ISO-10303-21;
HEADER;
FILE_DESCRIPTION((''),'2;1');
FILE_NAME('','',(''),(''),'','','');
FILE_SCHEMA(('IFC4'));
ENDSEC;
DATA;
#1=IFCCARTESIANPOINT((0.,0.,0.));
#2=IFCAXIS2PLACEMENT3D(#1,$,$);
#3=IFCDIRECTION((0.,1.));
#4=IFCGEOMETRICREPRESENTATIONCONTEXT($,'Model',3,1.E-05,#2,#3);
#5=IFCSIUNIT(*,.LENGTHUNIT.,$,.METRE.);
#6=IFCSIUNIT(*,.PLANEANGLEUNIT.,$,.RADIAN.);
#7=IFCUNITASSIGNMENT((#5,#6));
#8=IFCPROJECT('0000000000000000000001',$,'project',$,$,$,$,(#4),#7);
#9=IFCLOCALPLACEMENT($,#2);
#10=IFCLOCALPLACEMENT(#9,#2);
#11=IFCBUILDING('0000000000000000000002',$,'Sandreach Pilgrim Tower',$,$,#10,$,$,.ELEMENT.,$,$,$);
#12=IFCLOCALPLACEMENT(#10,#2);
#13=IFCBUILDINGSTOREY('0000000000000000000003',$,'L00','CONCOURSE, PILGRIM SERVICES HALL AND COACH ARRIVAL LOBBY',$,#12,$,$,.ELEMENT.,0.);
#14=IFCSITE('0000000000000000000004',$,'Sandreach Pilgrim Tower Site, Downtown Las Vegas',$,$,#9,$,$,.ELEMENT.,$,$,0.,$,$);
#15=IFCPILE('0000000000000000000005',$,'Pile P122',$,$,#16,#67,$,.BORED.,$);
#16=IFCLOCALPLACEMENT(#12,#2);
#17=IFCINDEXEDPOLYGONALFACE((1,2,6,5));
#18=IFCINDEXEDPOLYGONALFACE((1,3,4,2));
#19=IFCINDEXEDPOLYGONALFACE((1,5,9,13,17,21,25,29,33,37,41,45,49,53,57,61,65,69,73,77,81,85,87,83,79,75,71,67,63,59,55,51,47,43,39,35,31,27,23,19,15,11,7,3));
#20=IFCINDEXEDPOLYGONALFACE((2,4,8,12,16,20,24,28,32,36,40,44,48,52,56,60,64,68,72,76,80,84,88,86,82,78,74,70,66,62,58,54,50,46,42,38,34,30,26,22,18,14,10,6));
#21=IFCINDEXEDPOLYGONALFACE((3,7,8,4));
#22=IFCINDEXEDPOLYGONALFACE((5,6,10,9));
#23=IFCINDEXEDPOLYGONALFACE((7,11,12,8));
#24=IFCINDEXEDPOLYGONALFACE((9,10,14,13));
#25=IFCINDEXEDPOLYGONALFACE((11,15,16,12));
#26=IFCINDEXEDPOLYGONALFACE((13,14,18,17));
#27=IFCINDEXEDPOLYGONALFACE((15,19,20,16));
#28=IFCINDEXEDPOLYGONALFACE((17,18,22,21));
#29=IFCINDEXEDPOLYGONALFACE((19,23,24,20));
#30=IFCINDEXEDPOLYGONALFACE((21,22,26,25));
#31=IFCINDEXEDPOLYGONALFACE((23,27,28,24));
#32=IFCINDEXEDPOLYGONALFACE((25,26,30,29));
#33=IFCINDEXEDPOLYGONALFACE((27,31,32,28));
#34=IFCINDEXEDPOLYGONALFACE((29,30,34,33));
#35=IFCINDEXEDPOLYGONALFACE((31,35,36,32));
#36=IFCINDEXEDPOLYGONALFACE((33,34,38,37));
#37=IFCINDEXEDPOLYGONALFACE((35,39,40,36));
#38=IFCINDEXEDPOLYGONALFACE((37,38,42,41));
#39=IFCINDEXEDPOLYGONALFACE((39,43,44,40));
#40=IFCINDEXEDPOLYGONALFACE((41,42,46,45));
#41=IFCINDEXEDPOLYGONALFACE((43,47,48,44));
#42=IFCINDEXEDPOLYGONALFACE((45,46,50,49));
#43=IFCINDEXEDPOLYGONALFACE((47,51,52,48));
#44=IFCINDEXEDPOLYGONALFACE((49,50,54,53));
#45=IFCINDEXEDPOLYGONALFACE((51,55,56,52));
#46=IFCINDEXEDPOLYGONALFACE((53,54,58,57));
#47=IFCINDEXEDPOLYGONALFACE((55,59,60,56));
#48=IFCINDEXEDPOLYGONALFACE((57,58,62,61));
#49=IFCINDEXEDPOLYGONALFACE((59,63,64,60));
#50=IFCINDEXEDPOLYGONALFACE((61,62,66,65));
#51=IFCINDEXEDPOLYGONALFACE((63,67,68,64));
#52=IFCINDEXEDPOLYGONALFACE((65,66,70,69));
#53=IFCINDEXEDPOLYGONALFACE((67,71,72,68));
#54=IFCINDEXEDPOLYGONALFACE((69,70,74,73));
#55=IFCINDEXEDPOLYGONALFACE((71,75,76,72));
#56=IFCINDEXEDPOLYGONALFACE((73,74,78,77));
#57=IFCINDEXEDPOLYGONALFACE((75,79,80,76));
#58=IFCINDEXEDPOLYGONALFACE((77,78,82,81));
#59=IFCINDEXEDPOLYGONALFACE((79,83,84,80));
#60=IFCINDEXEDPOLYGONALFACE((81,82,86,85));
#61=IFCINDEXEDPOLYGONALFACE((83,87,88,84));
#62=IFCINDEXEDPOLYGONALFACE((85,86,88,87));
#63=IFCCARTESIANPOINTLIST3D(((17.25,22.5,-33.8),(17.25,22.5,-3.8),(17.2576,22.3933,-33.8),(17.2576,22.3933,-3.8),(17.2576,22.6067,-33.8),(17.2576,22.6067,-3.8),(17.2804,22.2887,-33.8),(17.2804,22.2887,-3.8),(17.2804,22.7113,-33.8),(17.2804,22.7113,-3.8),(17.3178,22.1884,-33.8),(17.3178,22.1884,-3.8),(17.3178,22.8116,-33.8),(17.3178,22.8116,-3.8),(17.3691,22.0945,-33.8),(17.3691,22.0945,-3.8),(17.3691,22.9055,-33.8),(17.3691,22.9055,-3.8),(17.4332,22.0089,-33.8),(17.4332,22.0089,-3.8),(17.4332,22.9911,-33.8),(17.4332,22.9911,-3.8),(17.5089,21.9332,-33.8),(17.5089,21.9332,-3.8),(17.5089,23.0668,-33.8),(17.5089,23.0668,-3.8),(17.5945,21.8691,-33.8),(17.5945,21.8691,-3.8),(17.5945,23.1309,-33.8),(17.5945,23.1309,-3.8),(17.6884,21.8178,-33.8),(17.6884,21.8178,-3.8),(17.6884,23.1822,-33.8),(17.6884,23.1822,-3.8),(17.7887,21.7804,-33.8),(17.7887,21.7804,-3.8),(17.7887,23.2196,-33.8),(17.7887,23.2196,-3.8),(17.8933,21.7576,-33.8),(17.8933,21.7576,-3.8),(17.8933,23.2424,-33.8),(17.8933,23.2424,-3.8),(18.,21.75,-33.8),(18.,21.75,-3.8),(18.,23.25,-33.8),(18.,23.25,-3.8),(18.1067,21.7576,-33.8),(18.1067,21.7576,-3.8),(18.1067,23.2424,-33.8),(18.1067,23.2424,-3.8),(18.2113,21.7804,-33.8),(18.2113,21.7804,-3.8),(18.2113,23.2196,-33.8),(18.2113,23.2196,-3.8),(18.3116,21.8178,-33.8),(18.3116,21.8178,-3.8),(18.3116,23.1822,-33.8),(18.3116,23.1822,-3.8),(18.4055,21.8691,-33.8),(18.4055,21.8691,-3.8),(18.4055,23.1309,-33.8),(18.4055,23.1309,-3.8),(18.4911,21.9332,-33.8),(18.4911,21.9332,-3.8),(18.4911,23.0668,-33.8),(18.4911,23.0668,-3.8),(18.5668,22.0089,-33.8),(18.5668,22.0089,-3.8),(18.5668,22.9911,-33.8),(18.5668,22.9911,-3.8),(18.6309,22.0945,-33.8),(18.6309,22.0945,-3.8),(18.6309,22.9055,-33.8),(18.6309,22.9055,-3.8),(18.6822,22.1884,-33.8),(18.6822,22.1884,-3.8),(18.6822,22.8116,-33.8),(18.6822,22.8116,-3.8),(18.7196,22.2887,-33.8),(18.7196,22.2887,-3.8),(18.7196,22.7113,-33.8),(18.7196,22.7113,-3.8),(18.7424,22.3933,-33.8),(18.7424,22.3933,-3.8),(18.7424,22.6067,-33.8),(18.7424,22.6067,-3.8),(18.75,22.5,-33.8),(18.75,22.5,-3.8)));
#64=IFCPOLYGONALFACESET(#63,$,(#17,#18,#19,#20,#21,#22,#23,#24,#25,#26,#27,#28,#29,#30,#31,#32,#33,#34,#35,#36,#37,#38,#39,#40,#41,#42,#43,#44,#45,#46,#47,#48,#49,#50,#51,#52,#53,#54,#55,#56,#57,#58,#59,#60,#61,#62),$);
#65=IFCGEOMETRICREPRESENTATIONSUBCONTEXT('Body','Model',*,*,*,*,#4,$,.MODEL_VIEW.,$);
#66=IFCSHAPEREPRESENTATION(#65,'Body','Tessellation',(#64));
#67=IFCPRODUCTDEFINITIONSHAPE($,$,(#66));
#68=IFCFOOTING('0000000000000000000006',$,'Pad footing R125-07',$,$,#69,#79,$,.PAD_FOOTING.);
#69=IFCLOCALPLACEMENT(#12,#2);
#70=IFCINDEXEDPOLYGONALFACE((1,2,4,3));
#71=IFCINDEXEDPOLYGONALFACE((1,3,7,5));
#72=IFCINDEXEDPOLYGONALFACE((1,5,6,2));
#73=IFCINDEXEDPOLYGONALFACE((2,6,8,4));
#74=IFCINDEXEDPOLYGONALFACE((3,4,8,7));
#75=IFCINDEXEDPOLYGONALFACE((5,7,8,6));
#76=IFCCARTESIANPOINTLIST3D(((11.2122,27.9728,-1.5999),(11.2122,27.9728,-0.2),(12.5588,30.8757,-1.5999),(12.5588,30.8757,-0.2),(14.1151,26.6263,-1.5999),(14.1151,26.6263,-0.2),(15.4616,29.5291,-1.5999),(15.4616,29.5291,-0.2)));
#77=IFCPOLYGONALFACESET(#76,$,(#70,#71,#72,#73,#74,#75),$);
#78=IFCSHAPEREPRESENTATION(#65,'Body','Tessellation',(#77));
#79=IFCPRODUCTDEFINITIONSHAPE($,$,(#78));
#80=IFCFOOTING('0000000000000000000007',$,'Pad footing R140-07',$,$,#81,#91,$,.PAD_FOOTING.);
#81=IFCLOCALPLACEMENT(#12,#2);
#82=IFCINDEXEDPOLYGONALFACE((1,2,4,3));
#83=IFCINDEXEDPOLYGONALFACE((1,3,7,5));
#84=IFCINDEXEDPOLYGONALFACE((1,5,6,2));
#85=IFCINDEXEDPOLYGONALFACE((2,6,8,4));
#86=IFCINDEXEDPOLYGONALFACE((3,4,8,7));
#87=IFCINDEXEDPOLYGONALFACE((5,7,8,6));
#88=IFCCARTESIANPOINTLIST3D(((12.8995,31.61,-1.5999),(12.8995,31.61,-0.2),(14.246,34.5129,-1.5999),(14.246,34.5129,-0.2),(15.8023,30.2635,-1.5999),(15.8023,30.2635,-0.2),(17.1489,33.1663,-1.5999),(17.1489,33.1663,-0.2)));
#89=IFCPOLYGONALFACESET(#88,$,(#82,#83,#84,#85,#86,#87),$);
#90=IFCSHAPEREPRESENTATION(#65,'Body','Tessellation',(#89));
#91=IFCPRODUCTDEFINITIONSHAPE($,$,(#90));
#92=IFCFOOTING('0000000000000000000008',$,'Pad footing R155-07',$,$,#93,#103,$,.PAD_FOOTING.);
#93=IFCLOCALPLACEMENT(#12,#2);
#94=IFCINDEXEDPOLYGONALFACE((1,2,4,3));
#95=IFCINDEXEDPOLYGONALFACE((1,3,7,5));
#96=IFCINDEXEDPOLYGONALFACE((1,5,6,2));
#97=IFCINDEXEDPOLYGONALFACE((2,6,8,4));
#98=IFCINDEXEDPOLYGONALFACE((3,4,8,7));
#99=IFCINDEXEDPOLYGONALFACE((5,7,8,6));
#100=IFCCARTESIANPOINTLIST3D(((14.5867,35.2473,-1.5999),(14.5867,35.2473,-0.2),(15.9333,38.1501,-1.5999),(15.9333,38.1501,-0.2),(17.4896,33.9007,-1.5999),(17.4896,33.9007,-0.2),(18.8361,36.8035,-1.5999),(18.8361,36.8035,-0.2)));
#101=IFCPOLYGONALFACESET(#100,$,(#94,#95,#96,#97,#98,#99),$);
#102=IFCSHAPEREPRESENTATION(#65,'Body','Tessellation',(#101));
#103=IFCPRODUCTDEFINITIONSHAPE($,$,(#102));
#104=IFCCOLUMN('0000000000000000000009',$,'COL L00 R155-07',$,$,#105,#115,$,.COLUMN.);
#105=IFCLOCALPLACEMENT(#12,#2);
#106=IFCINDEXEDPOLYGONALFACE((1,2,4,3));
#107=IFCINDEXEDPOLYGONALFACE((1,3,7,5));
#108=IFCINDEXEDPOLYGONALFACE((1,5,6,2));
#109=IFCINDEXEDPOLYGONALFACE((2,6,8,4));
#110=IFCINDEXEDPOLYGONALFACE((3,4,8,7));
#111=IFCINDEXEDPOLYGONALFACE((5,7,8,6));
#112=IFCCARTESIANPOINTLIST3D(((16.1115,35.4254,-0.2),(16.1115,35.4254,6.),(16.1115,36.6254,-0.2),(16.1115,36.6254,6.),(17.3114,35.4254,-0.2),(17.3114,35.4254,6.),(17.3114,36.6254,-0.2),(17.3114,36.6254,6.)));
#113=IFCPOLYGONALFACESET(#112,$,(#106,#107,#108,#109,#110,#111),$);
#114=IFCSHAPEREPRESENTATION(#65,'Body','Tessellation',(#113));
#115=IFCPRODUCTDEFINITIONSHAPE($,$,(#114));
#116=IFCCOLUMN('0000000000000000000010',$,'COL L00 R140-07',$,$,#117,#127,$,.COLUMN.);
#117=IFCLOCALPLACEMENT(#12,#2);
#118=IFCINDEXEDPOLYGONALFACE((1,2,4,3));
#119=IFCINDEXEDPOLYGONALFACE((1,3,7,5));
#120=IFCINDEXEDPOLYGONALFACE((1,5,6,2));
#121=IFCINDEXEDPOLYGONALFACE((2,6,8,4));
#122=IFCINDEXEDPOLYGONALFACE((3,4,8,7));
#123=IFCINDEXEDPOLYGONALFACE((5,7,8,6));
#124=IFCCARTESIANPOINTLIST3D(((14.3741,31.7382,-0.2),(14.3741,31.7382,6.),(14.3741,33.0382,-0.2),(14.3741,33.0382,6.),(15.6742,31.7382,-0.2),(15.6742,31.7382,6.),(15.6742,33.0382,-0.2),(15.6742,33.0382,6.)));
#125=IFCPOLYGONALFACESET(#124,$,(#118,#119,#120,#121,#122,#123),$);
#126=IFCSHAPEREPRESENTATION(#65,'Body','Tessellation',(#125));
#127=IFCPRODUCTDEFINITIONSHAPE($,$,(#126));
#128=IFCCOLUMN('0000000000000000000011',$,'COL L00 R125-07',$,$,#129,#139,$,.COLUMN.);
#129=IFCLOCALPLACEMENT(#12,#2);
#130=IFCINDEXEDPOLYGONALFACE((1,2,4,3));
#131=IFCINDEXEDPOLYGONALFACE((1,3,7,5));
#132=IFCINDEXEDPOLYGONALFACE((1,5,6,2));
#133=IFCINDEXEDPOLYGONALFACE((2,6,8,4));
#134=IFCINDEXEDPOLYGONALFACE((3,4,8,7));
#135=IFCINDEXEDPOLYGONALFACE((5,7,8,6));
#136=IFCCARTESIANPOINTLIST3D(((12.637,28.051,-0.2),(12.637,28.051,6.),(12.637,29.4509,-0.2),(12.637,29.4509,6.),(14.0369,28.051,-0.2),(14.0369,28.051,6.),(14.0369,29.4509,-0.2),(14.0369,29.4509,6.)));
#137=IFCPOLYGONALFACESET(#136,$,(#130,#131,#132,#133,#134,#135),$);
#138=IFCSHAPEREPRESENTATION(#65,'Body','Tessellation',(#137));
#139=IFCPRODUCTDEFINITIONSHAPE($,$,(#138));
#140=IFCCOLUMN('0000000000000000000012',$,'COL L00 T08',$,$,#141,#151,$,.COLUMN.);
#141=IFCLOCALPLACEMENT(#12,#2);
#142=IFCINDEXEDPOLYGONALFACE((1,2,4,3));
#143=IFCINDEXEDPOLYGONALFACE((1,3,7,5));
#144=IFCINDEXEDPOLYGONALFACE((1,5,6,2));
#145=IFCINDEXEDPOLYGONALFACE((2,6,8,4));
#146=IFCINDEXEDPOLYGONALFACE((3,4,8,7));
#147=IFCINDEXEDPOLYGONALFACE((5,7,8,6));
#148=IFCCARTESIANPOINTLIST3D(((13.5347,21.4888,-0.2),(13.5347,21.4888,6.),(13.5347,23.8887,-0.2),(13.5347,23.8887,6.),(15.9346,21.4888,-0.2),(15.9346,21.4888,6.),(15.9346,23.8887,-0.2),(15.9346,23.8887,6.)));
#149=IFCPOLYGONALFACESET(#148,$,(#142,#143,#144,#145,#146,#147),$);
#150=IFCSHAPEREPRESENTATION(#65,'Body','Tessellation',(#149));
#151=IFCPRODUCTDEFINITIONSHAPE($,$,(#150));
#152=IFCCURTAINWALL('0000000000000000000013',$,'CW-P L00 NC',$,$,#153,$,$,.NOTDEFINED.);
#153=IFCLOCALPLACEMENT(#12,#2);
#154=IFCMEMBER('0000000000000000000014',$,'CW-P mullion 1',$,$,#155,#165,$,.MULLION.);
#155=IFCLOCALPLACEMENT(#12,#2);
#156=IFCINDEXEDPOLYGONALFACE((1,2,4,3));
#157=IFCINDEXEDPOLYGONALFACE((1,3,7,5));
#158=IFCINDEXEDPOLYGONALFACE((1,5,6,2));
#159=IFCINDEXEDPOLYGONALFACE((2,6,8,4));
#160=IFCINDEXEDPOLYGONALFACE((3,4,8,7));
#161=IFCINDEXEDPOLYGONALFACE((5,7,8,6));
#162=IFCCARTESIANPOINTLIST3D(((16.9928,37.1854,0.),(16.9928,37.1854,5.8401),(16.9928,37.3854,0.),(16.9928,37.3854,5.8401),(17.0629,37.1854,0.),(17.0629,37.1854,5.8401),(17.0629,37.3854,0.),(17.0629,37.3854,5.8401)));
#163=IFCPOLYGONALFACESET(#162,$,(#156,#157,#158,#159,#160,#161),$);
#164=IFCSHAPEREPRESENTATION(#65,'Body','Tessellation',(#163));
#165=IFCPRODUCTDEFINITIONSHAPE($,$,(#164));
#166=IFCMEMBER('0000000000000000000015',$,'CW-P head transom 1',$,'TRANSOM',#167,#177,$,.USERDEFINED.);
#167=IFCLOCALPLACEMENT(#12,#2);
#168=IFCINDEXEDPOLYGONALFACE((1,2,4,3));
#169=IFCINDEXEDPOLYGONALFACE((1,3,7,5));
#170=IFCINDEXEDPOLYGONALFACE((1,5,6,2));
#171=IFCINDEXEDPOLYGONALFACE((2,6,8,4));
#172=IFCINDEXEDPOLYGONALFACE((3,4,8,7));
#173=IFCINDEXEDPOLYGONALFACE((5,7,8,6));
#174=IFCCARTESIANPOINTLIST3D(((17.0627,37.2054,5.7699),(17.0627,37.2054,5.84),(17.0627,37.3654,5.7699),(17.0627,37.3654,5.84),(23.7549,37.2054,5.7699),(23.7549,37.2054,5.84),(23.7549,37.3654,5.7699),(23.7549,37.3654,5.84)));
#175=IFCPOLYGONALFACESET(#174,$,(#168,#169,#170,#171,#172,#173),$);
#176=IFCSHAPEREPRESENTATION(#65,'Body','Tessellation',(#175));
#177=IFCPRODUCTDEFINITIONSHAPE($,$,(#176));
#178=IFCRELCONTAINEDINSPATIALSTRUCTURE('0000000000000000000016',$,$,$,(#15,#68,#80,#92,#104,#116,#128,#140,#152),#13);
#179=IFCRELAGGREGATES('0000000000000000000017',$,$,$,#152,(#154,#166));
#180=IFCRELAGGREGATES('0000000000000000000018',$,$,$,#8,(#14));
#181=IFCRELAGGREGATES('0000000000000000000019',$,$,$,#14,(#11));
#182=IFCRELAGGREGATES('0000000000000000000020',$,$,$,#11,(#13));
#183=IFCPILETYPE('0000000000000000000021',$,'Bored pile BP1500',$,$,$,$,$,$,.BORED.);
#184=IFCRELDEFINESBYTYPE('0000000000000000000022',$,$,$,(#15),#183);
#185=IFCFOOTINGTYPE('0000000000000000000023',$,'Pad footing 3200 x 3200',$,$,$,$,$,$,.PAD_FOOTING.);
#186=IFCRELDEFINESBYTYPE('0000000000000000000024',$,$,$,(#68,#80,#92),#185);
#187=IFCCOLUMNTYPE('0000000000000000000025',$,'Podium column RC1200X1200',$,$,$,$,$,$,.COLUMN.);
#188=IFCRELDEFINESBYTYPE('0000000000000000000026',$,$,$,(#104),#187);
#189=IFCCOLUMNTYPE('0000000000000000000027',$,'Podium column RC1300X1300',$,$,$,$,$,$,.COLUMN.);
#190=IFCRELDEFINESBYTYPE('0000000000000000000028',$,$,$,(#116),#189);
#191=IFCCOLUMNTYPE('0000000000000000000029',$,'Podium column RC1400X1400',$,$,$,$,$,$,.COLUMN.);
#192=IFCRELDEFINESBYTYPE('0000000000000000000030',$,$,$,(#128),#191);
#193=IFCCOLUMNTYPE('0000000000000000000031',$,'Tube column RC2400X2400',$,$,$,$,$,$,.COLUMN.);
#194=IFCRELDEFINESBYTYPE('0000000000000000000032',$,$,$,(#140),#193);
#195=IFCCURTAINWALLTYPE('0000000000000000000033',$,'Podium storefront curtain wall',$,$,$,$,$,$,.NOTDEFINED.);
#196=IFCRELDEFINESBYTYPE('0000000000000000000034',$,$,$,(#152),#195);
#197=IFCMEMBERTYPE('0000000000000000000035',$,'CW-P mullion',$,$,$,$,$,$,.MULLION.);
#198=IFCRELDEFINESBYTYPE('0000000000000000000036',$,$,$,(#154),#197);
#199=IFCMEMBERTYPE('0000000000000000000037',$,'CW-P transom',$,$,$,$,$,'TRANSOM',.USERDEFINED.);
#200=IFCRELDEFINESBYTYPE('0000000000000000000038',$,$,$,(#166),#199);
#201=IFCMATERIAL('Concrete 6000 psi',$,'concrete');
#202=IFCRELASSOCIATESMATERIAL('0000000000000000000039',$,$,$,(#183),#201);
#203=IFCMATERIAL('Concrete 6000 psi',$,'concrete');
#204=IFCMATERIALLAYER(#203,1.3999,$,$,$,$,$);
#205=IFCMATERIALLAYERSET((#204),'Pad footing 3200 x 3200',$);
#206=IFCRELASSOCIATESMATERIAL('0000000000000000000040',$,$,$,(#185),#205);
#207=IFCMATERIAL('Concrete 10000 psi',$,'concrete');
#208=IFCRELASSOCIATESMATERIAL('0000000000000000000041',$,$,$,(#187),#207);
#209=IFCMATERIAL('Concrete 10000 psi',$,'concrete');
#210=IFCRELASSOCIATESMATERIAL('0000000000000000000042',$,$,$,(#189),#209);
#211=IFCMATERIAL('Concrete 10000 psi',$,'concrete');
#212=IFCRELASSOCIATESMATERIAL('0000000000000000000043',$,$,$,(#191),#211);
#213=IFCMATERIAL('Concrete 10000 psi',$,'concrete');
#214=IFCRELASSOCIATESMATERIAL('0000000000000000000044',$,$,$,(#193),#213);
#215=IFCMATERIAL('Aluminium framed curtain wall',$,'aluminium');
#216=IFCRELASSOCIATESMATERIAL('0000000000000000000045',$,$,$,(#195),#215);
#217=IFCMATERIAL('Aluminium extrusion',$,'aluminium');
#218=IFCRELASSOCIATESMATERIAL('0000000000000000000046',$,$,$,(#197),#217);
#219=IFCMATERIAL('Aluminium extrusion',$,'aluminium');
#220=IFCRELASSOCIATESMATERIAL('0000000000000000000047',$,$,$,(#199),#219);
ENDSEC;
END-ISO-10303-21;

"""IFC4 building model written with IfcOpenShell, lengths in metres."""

from ifc_helpers import new_model, si_unit, direction, frame, origin, origin_2d, place, context, subcontext, project, spatial, rectangle, circle, extrude, material, layer, layer_set, material_profile, profile_set, type_object, element, aggregate, save


model = new_model("IFC4")

# Units and contexts
model_context = context("Model", 3, precision=1e-05, world=origin(), true_north=direction((0.0, 1.0)))
body_context = subcontext(model_context, "Body", "Model", "MODEL_VIEW")
ifc_project = project(units=[si_unit("LENGTHUNIT", "METRE"), si_unit("PLANEANGLEUNIT", "RADIAN")], contexts=[model_context])

# Site, building, storey
site_placement = place(None, origin())
site = spatial("IfcSite", under=ifc_project, at=site_placement, Name="Sandreach Pilgrim Tower Site, Downtown Las Vegas", CompositionType="ELEMENT", RefElevation=0.0)
building_placement = place(site_placement, origin())
building = spatial("IfcBuilding", under=site, at=building_placement, Name="Sandreach Pilgrim Tower", CompositionType="ELEMENT")
storey_placement = place(building_placement, origin())
storey = spatial("IfcBuildingStorey", under=building, at=storey_placement, Name="L00", Description="CONCOURSE, PILGRIM SERVICES HALL AND COACH ARRIVAL LOBBY", CompositionType="ELEMENT", Elevation=0.0)

# Pile
ifc_material_1 = material(Name="Concrete 6000 psi", Category="concrete")
ifc_material_profile_1 = material_profile(ifc_material_1, circle(Radius=0.75, at=origin_2d()), Name="BP1500")
ifc_profile_set_1 = profile_set([ifc_material_profile_1], Name="Concrete 6000 psi")
pile_type = type_object("IfcPileType", Name="Bored pile BP1500", PredefinedType="BORED", material=ifc_profile_set_1)
pile_placement = place(storey_placement, frame((18.0, 22.5, -3.8), z_axis=(0.0, 0.0, -1.0), x_axis=(1.0, 0.0, 0.0)))
element("IfcPile", 1, at=pile_placement, inside=storey, type_object=pile_type, Name="Pile P122", PredefinedType="BORED", context=body_context, shape_type="SweptSolid", body=[
    extrude(circle(Radius=0.75, at=origin_2d()), origin(), (0.0, 0.0, 1.0), 30.0),
])

# Footings
ifc_material_2 = material(Name="Concrete 6000 psi", Category="concrete")
ifc_layer_1 = layer(ifc_material_2, 1.3999)
ifc_layer_set_1 = layer_set([ifc_layer_1], Name="Pad footing 3200 x 3200")
footing_type = type_object("IfcFootingType", Name="Pad footing 3200 x 3200", PredefinedType="PAD_FOOTING", material=ifc_layer_set_1)
for number, where, z_axis, x_axis, name in (
    (2, (13.3369, 28.751, -1.5999), (0.0, 0.0, 1.0), (0.420807, 0.90715, 0.0), "Pad footing R125-07"),
    (3, (15.0242, 32.3882, -1.5999), (0.0, 0.0, 1.0), (0.420807, 0.90715, 0.0), "Pad footing R140-07"),
    (4, (16.7114, 36.0254, -1.5999), (0.0, 0.0, 1.0), (0.420807, 0.90715, 0.0), "Pad footing R155-07"),
):
    element("IfcFooting", number, at=place(storey_placement, frame(where, z_axis=z_axis, x_axis=x_axis)), inside=storey, type_object=footing_type, Name=name, PredefinedType="PAD_FOOTING", context=body_context, shape_type="SweptSolid", body=[
        extrude(rectangle(XDim=3.2, YDim=3.2, at=origin_2d()), origin(), (0.0, 0.0, 1.0), 1.3999),
    ])

# Columns
ifc_material_3 = material(Name="Concrete 10000 psi", Category="concrete")
ifc_material_profile_2 = material_profile(ifc_material_3, rectangle(XDim=1.2, YDim=1.2, at=origin_2d()), Name="RC1200X1200")
ifc_profile_set_2 = profile_set([ifc_material_profile_2], Name="Concrete 10000 psi")
column_type_1 = type_object("IfcColumnType", Name="Podium column RC1200X1200", PredefinedType="COLUMN", material=ifc_profile_set_2)
column_1_placement = place(storey_placement, frame((16.7114, 36.0254, -0.2), z_axis=(0.0, 0.0, 1.0), x_axis=(0.0, 1.0, 0.0)))
element("IfcColumn", 5, at=column_1_placement, inside=storey, type_object=column_type_1, Name="COL L00 R155-07", PredefinedType="COLUMN", context=body_context, shape_type="SweptSolid", body=[
    extrude(rectangle(XDim=1.2, YDim=1.2, at=origin_2d()), origin(), (0.0, 0.0, 1.0), 6.2),
])
ifc_material_4 = material(Name="Concrete 10000 psi", Category="concrete")
ifc_material_profile_3 = material_profile(ifc_material_4, rectangle(XDim=1.3, YDim=1.3, at=origin_2d()), Name="RC1300X1300")
ifc_profile_set_3 = profile_set([ifc_material_profile_3], Name="Concrete 10000 psi")
column_type_2 = type_object("IfcColumnType", Name="Podium column RC1300X1300", PredefinedType="COLUMN", material=ifc_profile_set_3)
column_2_placement = place(storey_placement, frame((15.0242, 32.3882, -0.2), z_axis=(0.0, 0.0, 1.0), x_axis=(0.0, 1.0, 0.0)))
element("IfcColumn", 6, at=column_2_placement, inside=storey, type_object=column_type_2, Name="COL L00 R140-07", PredefinedType="COLUMN", context=body_context, shape_type="SweptSolid", body=[
    extrude(rectangle(XDim=1.3, YDim=1.3, at=origin_2d()), origin(), (0.0, 0.0, 1.0), 6.2),
])
ifc_material_5 = material(Name="Concrete 10000 psi", Category="concrete")
ifc_material_profile_4 = material_profile(ifc_material_5, rectangle(XDim=1.3999, YDim=1.3999, at=origin_2d()), Name="RC1400X1400")
ifc_profile_set_4 = profile_set([ifc_material_profile_4], Name="Concrete 10000 psi")
column_type_3 = type_object("IfcColumnType", Name="Podium column RC1400X1400", PredefinedType="COLUMN", material=ifc_profile_set_4)
column_3_placement = place(storey_placement, frame((13.3369, 28.751, -0.2), z_axis=(0.0, 0.0, 1.0), x_axis=(0.0, 1.0, 0.0)))
element("IfcColumn", 7, at=column_3_placement, inside=storey, type_object=column_type_3, Name="COL L00 R125-07", PredefinedType="COLUMN", context=body_context, shape_type="SweptSolid", body=[
    extrude(rectangle(XDim=1.3999, YDim=1.3999, at=origin_2d()), origin(), (0.0, 0.0, 1.0), 6.2),
])
ifc_material_6 = material(Name="Concrete 10000 psi", Category="concrete")
ifc_material_profile_5 = material_profile(ifc_material_6, rectangle(XDim=2.3999, YDim=2.3999, at=origin_2d()), Name="RC2400X2400")
ifc_profile_set_5 = profile_set([ifc_material_profile_5], Name="Concrete 10000 psi")
column_type_4 = type_object("IfcColumnType", Name="Tube column RC2400X2400", PredefinedType="COLUMN", material=ifc_profile_set_5)
column_4_placement = place(storey_placement, frame((14.7346, 22.6887, -0.2), z_axis=(0.0, 0.0, 1.0), x_axis=(0.0, 1.0, 0.0)))
element("IfcColumn", 8, at=column_4_placement, inside=storey, type_object=column_type_4, Name="COL L00 T08", PredefinedType="COLUMN", context=body_context, shape_type="SweptSolid", body=[
    extrude(rectangle(XDim=2.3999, YDim=2.3999, at=origin_2d()), origin(), (0.0, 0.0, 1.0), 6.2),
])

# Curtain wall, members
ifc_material_7 = material(Name="Aluminium framed curtain wall", Category="aluminium")
curtain_wall_type = type_object("IfcCurtainWallType", Name="Podium storefront curtain wall", PredefinedType="NOTDEFINED", material=ifc_material_7)
curtain_wall_placement = place(storey_placement, origin())
curtain_wall = element("IfcCurtainWall", 9, at=curtain_wall_placement, inside=storey, type_object=curtain_wall_type, Name="CW-P L00 NC", PredefinedType="NOTDEFINED")
ifc_material_8 = material(Name="Aluminium extrusion", Category="aluminium")
ifc_material_profile_6 = material_profile(ifc_material_8, rectangle(XDim=0.0701, YDim=0.2, at=origin_2d()), Name="CW-PM 70X200")
ifc_profile_set_6 = profile_set([ifc_material_profile_6], Name="Aluminium extrusion")
member_type_1 = type_object("IfcMemberType", Name="CW-P mullion", PredefinedType="MULLION", material=ifc_profile_set_6)
member_1_placement = place(storey_placement, frame((17.0278, 37.2854, 0.0), z_axis=(0.0, 0.0, 1.0), x_axis=(1.0, 0.0, 0.0)))
member_1 = element("IfcMember", 10, at=member_1_placement, type_object=member_type_1, Name="CW-P mullion 1", PredefinedType="MULLION", context=body_context, shape_type="SweptSolid", body=[
    extrude(rectangle(XDim=0.0701, YDim=0.2, at=origin_2d()), origin(), (0.0, 0.0, 1.0), 5.8401),
])
ifc_material_9 = material(Name="Aluminium extrusion", Category="aluminium")
ifc_material_profile_7 = material_profile(ifc_material_9, rectangle(XDim=0.1599, YDim=0.0701, at=origin_2d()), Name="CW-PT 160X70")
ifc_profile_set_7 = profile_set([ifc_material_profile_7], Name="Aluminium extrusion")
member_type_2 = type_object("IfcMemberType", Name="CW-P transom", ElementType="TRANSOM", PredefinedType="USERDEFINED", material=ifc_profile_set_7)
member_2_placement = place(storey_placement, frame((17.0627, 37.2854, 5.8049), z_axis=(1.0, 0.0, 0.0), x_axis=(0.0, 1.0, 0.0)))
member_2 = element("IfcMember", 11, at=member_2_placement, type_object=member_type_2, Name="CW-P head transom 1", ObjectType="TRANSOM", PredefinedType="USERDEFINED", context=body_context, shape_type="SweptSolid", body=[
    extrude(rectangle(XDim=0.1599, YDim=0.0701, at=origin_2d()), origin(), (0.0, 0.0, 1.0), 6.6921),
])

aggregate(curtain_wall, [member_1, member_2])

save(model, "model.ifc")
